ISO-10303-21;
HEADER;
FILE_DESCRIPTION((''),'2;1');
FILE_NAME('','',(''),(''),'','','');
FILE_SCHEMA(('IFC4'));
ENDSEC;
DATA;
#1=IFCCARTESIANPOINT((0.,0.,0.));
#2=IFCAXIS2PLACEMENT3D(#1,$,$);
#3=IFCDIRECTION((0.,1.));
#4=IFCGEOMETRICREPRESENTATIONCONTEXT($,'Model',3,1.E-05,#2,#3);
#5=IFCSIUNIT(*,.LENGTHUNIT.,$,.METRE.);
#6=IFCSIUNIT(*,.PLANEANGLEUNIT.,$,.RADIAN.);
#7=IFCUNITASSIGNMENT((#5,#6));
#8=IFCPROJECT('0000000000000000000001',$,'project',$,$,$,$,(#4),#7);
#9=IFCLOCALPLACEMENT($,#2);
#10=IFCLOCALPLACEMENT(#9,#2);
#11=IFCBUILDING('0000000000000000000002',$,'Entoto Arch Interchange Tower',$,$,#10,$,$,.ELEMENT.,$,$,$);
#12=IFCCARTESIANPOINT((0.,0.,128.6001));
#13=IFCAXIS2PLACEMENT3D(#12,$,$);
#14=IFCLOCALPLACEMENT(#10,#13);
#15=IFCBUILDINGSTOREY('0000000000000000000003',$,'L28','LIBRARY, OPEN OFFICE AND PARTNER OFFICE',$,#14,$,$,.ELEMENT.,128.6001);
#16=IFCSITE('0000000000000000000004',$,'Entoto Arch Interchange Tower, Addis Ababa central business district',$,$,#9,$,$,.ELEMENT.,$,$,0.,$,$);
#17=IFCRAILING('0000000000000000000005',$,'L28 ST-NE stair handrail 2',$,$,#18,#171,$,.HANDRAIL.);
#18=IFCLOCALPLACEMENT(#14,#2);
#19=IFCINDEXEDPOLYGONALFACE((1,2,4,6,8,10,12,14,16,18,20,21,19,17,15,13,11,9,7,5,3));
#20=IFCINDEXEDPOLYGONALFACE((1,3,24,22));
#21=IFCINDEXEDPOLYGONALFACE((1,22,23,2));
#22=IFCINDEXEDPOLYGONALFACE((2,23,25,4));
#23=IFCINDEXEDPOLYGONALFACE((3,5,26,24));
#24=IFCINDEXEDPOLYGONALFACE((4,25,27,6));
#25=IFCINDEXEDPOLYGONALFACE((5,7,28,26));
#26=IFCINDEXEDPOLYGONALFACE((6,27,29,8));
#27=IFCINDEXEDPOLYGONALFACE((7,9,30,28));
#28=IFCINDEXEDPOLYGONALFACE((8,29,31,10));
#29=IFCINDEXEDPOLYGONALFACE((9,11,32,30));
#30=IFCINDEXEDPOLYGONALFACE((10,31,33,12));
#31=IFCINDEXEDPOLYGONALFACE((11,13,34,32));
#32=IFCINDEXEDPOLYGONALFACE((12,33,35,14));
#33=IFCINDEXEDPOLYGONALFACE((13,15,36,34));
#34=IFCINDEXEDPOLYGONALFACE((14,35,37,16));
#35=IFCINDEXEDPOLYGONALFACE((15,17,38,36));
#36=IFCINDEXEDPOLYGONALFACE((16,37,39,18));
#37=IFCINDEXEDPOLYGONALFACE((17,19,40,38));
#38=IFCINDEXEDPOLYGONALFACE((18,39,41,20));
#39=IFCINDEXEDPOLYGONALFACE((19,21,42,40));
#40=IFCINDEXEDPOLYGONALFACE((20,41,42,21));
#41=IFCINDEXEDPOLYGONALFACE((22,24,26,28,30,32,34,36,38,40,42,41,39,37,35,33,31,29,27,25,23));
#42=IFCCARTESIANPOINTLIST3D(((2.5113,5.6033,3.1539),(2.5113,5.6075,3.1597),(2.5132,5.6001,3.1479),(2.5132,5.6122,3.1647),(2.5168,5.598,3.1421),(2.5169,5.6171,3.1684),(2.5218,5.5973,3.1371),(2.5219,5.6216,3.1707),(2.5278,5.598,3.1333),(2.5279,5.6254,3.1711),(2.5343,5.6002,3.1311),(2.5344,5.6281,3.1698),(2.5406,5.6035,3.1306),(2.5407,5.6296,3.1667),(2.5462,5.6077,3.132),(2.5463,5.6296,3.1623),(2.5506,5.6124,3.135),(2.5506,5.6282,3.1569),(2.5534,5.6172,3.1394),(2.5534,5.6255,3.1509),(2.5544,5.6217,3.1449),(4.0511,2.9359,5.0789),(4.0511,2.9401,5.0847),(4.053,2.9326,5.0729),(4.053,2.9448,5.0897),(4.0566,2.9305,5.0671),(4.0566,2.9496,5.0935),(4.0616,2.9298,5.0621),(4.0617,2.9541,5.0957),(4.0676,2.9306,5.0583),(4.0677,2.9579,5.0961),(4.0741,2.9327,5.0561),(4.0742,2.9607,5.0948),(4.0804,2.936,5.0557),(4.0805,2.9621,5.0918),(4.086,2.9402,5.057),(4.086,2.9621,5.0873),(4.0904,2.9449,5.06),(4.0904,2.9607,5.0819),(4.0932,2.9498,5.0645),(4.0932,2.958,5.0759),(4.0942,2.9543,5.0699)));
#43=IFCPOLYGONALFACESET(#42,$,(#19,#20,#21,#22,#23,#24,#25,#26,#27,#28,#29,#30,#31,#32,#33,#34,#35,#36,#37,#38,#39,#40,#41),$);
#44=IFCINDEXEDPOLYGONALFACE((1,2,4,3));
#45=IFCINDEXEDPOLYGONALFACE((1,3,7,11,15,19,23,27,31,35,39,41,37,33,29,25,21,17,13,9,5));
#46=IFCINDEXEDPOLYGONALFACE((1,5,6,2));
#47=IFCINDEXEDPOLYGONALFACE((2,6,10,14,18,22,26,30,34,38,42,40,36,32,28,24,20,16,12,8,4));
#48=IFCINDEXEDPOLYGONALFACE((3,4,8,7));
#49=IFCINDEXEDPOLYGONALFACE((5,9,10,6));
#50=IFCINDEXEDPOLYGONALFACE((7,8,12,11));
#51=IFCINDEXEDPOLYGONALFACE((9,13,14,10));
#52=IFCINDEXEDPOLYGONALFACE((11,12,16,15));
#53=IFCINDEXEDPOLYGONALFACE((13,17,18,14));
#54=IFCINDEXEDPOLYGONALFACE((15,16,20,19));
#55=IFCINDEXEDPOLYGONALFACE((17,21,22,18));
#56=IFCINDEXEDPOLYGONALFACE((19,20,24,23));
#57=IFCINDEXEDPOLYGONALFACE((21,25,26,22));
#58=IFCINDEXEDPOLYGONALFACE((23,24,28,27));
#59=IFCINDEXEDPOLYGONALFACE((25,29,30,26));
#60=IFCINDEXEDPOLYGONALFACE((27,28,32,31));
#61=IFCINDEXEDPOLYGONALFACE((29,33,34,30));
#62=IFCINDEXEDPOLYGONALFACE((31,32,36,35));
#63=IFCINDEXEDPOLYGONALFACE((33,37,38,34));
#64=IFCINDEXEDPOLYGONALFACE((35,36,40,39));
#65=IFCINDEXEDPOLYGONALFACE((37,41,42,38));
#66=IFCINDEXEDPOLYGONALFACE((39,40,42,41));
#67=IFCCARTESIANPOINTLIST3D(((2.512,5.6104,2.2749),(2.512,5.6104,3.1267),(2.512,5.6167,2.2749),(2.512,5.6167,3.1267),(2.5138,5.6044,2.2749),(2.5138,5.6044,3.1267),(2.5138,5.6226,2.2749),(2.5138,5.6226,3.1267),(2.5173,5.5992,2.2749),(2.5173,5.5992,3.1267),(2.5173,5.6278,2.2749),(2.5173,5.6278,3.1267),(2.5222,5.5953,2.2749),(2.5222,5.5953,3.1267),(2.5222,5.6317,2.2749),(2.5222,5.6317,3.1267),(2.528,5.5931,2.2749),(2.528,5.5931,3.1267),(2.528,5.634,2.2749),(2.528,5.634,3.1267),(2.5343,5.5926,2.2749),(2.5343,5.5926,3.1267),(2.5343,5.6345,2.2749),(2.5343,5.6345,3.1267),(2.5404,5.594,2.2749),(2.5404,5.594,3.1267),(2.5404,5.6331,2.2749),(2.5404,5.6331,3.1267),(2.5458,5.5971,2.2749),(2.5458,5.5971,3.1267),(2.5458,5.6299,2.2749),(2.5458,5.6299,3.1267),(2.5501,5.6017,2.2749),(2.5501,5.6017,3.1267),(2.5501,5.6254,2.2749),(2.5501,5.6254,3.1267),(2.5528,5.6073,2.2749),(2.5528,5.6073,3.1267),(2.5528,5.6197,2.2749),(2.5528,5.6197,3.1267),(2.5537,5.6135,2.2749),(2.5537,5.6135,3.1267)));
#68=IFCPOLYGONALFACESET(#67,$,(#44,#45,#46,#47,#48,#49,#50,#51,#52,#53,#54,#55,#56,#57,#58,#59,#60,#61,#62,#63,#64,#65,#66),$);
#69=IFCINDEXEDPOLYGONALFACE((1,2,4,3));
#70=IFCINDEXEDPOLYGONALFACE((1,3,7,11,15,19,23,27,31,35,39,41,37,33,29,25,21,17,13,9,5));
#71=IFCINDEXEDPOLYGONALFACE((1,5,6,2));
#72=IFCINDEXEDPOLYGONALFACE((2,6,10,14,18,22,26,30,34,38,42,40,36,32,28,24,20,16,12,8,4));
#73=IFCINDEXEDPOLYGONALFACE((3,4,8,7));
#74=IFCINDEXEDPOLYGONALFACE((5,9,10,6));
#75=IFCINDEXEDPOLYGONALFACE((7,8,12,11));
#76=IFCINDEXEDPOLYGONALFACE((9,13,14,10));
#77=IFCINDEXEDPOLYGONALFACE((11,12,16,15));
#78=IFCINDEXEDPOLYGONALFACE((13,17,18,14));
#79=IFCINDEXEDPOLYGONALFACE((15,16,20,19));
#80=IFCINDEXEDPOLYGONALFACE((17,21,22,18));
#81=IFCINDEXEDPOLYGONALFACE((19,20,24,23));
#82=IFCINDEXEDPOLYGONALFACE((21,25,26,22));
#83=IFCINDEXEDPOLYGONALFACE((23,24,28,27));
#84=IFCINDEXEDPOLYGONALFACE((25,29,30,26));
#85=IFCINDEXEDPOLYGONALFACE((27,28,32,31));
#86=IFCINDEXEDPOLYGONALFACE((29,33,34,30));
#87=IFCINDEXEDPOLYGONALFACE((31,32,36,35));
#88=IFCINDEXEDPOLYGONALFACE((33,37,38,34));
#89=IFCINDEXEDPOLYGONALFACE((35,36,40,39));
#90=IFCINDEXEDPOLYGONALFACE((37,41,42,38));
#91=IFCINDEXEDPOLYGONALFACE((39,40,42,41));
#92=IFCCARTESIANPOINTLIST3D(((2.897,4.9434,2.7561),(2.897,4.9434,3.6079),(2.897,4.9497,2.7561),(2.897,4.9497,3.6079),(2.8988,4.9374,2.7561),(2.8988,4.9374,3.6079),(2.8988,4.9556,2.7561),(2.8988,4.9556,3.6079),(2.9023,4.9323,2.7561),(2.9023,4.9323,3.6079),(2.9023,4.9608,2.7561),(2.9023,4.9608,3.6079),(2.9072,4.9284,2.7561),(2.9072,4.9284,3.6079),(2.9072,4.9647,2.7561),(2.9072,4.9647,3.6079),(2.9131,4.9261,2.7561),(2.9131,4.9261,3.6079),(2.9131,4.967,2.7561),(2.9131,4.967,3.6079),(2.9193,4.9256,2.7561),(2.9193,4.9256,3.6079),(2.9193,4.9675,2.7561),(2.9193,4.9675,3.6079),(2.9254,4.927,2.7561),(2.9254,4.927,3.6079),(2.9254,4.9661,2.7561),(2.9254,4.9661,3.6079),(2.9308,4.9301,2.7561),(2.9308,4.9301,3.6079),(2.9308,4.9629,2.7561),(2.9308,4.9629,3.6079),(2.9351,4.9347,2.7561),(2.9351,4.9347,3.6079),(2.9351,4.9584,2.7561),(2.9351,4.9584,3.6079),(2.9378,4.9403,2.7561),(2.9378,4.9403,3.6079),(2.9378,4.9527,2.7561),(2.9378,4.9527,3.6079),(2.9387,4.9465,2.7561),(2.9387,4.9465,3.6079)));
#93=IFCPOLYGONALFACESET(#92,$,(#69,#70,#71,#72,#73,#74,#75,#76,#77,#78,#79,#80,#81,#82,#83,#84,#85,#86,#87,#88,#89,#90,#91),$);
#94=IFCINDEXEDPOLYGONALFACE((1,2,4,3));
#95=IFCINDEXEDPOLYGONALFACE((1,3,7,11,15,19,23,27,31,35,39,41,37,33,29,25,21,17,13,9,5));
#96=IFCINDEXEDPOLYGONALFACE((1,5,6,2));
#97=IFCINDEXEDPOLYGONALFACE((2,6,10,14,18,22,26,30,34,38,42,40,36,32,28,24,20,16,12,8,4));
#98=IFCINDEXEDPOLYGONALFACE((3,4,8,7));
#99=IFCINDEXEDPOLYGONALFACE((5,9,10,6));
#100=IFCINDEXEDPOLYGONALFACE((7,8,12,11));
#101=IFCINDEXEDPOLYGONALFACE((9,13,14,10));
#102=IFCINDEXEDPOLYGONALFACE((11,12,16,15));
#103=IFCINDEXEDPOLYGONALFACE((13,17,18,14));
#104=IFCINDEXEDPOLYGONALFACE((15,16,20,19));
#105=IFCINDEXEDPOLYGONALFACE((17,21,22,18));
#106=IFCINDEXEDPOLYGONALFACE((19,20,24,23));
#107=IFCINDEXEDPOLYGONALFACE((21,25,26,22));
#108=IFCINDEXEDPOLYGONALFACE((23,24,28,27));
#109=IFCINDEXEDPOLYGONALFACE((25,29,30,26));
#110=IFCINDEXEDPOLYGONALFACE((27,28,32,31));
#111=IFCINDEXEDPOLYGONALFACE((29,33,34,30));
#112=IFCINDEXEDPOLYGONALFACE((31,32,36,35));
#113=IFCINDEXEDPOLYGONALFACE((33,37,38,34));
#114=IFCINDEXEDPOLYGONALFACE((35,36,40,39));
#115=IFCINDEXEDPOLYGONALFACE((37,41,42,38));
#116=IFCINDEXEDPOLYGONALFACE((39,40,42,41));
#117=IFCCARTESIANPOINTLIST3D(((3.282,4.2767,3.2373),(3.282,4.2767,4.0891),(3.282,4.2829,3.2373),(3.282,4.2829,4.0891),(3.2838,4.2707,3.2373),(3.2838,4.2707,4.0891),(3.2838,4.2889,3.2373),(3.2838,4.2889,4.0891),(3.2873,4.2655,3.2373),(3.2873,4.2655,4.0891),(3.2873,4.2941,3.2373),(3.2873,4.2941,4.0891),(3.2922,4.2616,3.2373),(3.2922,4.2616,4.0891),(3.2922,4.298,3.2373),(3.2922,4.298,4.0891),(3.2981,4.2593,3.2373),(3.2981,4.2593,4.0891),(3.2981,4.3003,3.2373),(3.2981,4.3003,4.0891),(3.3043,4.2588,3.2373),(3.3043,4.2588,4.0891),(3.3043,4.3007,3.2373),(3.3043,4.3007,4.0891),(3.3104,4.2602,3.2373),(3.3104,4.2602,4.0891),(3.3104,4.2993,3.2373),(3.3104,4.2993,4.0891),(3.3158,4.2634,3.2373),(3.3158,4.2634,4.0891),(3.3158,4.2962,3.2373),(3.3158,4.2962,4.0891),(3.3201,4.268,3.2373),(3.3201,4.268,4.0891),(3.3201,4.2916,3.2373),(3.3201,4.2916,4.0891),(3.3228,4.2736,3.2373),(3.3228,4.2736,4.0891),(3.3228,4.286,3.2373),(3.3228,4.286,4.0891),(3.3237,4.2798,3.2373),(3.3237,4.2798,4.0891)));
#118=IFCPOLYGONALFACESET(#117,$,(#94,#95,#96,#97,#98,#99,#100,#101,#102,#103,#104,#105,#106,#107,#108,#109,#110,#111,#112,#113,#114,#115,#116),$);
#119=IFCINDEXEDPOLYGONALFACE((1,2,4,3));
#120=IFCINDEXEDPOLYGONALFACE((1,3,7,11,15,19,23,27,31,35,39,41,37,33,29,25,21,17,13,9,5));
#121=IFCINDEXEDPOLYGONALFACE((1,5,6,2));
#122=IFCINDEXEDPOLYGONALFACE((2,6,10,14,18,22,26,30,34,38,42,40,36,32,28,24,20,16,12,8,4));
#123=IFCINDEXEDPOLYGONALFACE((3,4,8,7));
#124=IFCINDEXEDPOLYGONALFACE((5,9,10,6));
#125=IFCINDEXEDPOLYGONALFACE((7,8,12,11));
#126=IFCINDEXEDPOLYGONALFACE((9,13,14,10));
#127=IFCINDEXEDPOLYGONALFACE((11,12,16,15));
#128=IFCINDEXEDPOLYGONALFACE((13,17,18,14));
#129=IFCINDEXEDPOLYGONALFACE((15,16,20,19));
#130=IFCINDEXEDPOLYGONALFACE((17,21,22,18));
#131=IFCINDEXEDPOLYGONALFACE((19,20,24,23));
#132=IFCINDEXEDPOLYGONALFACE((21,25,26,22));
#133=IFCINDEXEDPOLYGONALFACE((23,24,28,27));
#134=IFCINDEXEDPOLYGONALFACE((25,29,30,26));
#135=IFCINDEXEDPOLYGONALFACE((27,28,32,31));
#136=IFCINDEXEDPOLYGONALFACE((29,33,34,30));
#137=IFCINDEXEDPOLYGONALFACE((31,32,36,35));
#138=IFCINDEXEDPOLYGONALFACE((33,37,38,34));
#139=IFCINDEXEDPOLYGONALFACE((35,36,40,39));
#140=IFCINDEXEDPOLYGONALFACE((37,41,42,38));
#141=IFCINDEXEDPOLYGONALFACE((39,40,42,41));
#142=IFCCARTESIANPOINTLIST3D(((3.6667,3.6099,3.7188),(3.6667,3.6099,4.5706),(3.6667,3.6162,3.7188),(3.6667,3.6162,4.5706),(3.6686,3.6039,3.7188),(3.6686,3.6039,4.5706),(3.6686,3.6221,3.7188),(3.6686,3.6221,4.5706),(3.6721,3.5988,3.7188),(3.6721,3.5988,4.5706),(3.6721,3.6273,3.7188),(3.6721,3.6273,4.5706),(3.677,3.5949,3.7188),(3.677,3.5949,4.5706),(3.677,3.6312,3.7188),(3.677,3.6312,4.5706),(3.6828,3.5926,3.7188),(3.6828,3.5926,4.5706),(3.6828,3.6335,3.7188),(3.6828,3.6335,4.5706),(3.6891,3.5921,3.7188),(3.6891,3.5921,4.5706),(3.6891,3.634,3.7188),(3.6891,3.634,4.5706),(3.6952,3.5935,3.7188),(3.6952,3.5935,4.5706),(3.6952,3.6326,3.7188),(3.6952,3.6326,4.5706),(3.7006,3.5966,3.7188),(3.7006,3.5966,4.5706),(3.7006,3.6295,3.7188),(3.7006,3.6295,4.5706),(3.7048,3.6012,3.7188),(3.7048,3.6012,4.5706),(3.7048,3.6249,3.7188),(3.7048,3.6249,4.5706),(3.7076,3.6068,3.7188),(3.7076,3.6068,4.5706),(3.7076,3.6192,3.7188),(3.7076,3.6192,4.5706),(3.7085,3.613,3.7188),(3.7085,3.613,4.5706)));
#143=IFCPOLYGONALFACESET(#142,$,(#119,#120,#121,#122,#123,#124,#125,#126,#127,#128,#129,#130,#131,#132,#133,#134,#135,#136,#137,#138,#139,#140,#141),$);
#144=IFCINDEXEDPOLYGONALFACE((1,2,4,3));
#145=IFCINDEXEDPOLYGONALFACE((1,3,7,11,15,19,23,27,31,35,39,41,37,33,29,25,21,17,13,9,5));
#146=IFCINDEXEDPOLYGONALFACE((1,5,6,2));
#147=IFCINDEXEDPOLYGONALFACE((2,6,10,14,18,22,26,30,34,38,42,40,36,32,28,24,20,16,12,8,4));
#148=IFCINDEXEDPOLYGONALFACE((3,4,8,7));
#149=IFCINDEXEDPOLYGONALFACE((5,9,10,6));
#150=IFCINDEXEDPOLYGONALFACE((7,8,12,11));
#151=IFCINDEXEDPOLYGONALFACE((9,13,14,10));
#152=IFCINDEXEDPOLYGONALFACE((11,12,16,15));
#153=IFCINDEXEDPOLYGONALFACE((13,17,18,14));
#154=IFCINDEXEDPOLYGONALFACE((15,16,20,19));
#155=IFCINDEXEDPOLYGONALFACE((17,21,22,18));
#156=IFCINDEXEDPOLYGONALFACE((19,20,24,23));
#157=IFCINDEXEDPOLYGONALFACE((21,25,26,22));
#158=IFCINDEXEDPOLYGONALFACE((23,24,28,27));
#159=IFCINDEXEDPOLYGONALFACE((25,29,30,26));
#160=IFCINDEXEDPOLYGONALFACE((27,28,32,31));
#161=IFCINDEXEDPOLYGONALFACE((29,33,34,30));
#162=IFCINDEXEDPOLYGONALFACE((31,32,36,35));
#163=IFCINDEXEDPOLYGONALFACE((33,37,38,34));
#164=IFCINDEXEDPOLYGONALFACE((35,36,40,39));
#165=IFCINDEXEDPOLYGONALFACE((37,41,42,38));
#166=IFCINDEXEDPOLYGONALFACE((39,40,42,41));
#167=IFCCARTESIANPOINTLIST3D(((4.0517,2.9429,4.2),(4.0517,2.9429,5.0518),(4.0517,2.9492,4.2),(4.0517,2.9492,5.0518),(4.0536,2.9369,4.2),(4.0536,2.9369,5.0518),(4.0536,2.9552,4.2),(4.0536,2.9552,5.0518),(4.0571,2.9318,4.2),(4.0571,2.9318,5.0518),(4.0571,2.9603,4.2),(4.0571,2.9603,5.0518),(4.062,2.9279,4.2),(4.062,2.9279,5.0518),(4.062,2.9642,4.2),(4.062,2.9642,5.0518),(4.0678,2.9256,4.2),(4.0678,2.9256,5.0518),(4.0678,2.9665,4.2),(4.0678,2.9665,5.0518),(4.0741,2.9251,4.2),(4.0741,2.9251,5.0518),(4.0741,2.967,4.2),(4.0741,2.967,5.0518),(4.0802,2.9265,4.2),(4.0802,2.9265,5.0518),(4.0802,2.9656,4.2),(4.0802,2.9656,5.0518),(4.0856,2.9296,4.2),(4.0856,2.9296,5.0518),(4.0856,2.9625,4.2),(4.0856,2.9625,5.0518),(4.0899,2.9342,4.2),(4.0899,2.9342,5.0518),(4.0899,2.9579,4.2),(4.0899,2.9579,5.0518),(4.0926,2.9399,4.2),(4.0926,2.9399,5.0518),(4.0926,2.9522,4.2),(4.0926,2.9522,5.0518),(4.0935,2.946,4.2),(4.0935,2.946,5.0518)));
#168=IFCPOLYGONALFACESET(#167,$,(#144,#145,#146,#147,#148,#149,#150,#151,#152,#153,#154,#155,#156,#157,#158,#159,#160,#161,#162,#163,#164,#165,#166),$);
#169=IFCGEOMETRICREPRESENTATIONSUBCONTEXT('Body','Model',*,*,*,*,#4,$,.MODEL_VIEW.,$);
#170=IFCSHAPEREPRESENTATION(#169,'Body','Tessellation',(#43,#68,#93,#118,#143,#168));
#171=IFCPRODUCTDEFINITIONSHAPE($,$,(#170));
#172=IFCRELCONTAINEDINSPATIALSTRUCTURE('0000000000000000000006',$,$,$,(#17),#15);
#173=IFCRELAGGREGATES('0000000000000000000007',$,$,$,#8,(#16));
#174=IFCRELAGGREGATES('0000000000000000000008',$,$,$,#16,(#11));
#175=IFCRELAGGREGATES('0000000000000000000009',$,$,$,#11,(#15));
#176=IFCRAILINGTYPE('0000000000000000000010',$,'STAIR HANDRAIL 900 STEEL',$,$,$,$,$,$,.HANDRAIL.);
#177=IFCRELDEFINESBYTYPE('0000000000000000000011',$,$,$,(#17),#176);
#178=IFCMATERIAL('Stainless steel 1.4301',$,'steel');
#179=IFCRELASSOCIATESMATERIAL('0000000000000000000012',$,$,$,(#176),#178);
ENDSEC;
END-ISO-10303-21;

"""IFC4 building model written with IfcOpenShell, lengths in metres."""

from ifc_helpers import new_model, si_unit, direction, frame, origin, origin_2d, place, context, subcontext, project, spatial, circle, extrude, material, type_object, element, save


model = new_model("IFC4")

# Units and contexts
model_context = context("Model", 3, precision=1e-05, world=origin(), true_north=direction((0.0, 1.0)))
body_context = subcontext(model_context, "Body", "Model", "MODEL_VIEW")
ifc_project = project(units=[si_unit("LENGTHUNIT", "METRE"), si_unit("PLANEANGLEUNIT", "RADIAN")], contexts=[model_context])

# Site, building, storey
site_placement = place(None, origin())
site = spatial("IfcSite", under=ifc_project, at=site_placement, Name="Entoto Arch Interchange Tower, Addis Ababa central business district", CompositionType="ELEMENT", RefElevation=0.0)
building_placement = place(site_placement, origin())
building = spatial("IfcBuilding", under=site, at=building_placement, Name="Entoto Arch Interchange Tower", CompositionType="ELEMENT")
storey_placement = place(building_placement, frame((0.0, 0.0, 128.6001)))
storey = spatial("IfcBuildingStorey", under=building, at=storey_placement, Name="L28", Description="LIBRARY, OPEN OFFICE AND PARTNER OFFICE", CompositionType="ELEMENT", Elevation=128.6001)

# Railing
ifc_material_1 = material(Name="Stainless steel 1.4301", Category="steel")
railing_type_1 = type_object("IfcRailingType", Name="STAIR HANDRAIL 900 STEEL", PredefinedType="HANDRAIL", material=ifc_material_1)
railing_1_placement = place(storey_placement, frame((2.5327, 5.6135, 2.2749)))
element("IfcRailing", 1, at=railing_1_placement, inside=storey, type_object=railing_type_1, Name="L28 ST-NE stair handrail 2", PredefinedType="HANDRAIL", context=body_context, shape_type="SweptSolid", body=[
    extrude(circle(Radius=0.0239, at=origin_2d()), frame((0.0, 0.0, 0.876), z_axis=(0.423939, -0.734416, 0.530008), x_axis=(0.866064, 0.499933, 0.0)), (0.0, 0.0, 1.0), 3.6321),
    extrude(circle(Radius=0.021, at=origin_2d()), origin(), (0.0, 0.0, 1.0), 0.8518),
    extrude(circle(Radius=0.021, at=origin_2d()), frame((0.385, -0.667, 0.4812)), (0.0, 0.0, 1.0), 0.8518),
    extrude(circle(Radius=0.021, at=origin_2d()), frame((0.77, -1.3337, 0.9624)), (0.0, 0.0, 1.0), 0.8518),
    extrude(circle(Radius=0.021, at=origin_2d()), frame((1.1548, -2.0005, 1.4438)), (0.0, 0.0, 1.0), 0.8518),
    extrude(circle(Radius=0.021, at=origin_2d()), frame((1.5398, -2.6675, 1.925)), (0.0, 0.0, 1.0), 0.8518),
])

save(model, "model.ifc")
